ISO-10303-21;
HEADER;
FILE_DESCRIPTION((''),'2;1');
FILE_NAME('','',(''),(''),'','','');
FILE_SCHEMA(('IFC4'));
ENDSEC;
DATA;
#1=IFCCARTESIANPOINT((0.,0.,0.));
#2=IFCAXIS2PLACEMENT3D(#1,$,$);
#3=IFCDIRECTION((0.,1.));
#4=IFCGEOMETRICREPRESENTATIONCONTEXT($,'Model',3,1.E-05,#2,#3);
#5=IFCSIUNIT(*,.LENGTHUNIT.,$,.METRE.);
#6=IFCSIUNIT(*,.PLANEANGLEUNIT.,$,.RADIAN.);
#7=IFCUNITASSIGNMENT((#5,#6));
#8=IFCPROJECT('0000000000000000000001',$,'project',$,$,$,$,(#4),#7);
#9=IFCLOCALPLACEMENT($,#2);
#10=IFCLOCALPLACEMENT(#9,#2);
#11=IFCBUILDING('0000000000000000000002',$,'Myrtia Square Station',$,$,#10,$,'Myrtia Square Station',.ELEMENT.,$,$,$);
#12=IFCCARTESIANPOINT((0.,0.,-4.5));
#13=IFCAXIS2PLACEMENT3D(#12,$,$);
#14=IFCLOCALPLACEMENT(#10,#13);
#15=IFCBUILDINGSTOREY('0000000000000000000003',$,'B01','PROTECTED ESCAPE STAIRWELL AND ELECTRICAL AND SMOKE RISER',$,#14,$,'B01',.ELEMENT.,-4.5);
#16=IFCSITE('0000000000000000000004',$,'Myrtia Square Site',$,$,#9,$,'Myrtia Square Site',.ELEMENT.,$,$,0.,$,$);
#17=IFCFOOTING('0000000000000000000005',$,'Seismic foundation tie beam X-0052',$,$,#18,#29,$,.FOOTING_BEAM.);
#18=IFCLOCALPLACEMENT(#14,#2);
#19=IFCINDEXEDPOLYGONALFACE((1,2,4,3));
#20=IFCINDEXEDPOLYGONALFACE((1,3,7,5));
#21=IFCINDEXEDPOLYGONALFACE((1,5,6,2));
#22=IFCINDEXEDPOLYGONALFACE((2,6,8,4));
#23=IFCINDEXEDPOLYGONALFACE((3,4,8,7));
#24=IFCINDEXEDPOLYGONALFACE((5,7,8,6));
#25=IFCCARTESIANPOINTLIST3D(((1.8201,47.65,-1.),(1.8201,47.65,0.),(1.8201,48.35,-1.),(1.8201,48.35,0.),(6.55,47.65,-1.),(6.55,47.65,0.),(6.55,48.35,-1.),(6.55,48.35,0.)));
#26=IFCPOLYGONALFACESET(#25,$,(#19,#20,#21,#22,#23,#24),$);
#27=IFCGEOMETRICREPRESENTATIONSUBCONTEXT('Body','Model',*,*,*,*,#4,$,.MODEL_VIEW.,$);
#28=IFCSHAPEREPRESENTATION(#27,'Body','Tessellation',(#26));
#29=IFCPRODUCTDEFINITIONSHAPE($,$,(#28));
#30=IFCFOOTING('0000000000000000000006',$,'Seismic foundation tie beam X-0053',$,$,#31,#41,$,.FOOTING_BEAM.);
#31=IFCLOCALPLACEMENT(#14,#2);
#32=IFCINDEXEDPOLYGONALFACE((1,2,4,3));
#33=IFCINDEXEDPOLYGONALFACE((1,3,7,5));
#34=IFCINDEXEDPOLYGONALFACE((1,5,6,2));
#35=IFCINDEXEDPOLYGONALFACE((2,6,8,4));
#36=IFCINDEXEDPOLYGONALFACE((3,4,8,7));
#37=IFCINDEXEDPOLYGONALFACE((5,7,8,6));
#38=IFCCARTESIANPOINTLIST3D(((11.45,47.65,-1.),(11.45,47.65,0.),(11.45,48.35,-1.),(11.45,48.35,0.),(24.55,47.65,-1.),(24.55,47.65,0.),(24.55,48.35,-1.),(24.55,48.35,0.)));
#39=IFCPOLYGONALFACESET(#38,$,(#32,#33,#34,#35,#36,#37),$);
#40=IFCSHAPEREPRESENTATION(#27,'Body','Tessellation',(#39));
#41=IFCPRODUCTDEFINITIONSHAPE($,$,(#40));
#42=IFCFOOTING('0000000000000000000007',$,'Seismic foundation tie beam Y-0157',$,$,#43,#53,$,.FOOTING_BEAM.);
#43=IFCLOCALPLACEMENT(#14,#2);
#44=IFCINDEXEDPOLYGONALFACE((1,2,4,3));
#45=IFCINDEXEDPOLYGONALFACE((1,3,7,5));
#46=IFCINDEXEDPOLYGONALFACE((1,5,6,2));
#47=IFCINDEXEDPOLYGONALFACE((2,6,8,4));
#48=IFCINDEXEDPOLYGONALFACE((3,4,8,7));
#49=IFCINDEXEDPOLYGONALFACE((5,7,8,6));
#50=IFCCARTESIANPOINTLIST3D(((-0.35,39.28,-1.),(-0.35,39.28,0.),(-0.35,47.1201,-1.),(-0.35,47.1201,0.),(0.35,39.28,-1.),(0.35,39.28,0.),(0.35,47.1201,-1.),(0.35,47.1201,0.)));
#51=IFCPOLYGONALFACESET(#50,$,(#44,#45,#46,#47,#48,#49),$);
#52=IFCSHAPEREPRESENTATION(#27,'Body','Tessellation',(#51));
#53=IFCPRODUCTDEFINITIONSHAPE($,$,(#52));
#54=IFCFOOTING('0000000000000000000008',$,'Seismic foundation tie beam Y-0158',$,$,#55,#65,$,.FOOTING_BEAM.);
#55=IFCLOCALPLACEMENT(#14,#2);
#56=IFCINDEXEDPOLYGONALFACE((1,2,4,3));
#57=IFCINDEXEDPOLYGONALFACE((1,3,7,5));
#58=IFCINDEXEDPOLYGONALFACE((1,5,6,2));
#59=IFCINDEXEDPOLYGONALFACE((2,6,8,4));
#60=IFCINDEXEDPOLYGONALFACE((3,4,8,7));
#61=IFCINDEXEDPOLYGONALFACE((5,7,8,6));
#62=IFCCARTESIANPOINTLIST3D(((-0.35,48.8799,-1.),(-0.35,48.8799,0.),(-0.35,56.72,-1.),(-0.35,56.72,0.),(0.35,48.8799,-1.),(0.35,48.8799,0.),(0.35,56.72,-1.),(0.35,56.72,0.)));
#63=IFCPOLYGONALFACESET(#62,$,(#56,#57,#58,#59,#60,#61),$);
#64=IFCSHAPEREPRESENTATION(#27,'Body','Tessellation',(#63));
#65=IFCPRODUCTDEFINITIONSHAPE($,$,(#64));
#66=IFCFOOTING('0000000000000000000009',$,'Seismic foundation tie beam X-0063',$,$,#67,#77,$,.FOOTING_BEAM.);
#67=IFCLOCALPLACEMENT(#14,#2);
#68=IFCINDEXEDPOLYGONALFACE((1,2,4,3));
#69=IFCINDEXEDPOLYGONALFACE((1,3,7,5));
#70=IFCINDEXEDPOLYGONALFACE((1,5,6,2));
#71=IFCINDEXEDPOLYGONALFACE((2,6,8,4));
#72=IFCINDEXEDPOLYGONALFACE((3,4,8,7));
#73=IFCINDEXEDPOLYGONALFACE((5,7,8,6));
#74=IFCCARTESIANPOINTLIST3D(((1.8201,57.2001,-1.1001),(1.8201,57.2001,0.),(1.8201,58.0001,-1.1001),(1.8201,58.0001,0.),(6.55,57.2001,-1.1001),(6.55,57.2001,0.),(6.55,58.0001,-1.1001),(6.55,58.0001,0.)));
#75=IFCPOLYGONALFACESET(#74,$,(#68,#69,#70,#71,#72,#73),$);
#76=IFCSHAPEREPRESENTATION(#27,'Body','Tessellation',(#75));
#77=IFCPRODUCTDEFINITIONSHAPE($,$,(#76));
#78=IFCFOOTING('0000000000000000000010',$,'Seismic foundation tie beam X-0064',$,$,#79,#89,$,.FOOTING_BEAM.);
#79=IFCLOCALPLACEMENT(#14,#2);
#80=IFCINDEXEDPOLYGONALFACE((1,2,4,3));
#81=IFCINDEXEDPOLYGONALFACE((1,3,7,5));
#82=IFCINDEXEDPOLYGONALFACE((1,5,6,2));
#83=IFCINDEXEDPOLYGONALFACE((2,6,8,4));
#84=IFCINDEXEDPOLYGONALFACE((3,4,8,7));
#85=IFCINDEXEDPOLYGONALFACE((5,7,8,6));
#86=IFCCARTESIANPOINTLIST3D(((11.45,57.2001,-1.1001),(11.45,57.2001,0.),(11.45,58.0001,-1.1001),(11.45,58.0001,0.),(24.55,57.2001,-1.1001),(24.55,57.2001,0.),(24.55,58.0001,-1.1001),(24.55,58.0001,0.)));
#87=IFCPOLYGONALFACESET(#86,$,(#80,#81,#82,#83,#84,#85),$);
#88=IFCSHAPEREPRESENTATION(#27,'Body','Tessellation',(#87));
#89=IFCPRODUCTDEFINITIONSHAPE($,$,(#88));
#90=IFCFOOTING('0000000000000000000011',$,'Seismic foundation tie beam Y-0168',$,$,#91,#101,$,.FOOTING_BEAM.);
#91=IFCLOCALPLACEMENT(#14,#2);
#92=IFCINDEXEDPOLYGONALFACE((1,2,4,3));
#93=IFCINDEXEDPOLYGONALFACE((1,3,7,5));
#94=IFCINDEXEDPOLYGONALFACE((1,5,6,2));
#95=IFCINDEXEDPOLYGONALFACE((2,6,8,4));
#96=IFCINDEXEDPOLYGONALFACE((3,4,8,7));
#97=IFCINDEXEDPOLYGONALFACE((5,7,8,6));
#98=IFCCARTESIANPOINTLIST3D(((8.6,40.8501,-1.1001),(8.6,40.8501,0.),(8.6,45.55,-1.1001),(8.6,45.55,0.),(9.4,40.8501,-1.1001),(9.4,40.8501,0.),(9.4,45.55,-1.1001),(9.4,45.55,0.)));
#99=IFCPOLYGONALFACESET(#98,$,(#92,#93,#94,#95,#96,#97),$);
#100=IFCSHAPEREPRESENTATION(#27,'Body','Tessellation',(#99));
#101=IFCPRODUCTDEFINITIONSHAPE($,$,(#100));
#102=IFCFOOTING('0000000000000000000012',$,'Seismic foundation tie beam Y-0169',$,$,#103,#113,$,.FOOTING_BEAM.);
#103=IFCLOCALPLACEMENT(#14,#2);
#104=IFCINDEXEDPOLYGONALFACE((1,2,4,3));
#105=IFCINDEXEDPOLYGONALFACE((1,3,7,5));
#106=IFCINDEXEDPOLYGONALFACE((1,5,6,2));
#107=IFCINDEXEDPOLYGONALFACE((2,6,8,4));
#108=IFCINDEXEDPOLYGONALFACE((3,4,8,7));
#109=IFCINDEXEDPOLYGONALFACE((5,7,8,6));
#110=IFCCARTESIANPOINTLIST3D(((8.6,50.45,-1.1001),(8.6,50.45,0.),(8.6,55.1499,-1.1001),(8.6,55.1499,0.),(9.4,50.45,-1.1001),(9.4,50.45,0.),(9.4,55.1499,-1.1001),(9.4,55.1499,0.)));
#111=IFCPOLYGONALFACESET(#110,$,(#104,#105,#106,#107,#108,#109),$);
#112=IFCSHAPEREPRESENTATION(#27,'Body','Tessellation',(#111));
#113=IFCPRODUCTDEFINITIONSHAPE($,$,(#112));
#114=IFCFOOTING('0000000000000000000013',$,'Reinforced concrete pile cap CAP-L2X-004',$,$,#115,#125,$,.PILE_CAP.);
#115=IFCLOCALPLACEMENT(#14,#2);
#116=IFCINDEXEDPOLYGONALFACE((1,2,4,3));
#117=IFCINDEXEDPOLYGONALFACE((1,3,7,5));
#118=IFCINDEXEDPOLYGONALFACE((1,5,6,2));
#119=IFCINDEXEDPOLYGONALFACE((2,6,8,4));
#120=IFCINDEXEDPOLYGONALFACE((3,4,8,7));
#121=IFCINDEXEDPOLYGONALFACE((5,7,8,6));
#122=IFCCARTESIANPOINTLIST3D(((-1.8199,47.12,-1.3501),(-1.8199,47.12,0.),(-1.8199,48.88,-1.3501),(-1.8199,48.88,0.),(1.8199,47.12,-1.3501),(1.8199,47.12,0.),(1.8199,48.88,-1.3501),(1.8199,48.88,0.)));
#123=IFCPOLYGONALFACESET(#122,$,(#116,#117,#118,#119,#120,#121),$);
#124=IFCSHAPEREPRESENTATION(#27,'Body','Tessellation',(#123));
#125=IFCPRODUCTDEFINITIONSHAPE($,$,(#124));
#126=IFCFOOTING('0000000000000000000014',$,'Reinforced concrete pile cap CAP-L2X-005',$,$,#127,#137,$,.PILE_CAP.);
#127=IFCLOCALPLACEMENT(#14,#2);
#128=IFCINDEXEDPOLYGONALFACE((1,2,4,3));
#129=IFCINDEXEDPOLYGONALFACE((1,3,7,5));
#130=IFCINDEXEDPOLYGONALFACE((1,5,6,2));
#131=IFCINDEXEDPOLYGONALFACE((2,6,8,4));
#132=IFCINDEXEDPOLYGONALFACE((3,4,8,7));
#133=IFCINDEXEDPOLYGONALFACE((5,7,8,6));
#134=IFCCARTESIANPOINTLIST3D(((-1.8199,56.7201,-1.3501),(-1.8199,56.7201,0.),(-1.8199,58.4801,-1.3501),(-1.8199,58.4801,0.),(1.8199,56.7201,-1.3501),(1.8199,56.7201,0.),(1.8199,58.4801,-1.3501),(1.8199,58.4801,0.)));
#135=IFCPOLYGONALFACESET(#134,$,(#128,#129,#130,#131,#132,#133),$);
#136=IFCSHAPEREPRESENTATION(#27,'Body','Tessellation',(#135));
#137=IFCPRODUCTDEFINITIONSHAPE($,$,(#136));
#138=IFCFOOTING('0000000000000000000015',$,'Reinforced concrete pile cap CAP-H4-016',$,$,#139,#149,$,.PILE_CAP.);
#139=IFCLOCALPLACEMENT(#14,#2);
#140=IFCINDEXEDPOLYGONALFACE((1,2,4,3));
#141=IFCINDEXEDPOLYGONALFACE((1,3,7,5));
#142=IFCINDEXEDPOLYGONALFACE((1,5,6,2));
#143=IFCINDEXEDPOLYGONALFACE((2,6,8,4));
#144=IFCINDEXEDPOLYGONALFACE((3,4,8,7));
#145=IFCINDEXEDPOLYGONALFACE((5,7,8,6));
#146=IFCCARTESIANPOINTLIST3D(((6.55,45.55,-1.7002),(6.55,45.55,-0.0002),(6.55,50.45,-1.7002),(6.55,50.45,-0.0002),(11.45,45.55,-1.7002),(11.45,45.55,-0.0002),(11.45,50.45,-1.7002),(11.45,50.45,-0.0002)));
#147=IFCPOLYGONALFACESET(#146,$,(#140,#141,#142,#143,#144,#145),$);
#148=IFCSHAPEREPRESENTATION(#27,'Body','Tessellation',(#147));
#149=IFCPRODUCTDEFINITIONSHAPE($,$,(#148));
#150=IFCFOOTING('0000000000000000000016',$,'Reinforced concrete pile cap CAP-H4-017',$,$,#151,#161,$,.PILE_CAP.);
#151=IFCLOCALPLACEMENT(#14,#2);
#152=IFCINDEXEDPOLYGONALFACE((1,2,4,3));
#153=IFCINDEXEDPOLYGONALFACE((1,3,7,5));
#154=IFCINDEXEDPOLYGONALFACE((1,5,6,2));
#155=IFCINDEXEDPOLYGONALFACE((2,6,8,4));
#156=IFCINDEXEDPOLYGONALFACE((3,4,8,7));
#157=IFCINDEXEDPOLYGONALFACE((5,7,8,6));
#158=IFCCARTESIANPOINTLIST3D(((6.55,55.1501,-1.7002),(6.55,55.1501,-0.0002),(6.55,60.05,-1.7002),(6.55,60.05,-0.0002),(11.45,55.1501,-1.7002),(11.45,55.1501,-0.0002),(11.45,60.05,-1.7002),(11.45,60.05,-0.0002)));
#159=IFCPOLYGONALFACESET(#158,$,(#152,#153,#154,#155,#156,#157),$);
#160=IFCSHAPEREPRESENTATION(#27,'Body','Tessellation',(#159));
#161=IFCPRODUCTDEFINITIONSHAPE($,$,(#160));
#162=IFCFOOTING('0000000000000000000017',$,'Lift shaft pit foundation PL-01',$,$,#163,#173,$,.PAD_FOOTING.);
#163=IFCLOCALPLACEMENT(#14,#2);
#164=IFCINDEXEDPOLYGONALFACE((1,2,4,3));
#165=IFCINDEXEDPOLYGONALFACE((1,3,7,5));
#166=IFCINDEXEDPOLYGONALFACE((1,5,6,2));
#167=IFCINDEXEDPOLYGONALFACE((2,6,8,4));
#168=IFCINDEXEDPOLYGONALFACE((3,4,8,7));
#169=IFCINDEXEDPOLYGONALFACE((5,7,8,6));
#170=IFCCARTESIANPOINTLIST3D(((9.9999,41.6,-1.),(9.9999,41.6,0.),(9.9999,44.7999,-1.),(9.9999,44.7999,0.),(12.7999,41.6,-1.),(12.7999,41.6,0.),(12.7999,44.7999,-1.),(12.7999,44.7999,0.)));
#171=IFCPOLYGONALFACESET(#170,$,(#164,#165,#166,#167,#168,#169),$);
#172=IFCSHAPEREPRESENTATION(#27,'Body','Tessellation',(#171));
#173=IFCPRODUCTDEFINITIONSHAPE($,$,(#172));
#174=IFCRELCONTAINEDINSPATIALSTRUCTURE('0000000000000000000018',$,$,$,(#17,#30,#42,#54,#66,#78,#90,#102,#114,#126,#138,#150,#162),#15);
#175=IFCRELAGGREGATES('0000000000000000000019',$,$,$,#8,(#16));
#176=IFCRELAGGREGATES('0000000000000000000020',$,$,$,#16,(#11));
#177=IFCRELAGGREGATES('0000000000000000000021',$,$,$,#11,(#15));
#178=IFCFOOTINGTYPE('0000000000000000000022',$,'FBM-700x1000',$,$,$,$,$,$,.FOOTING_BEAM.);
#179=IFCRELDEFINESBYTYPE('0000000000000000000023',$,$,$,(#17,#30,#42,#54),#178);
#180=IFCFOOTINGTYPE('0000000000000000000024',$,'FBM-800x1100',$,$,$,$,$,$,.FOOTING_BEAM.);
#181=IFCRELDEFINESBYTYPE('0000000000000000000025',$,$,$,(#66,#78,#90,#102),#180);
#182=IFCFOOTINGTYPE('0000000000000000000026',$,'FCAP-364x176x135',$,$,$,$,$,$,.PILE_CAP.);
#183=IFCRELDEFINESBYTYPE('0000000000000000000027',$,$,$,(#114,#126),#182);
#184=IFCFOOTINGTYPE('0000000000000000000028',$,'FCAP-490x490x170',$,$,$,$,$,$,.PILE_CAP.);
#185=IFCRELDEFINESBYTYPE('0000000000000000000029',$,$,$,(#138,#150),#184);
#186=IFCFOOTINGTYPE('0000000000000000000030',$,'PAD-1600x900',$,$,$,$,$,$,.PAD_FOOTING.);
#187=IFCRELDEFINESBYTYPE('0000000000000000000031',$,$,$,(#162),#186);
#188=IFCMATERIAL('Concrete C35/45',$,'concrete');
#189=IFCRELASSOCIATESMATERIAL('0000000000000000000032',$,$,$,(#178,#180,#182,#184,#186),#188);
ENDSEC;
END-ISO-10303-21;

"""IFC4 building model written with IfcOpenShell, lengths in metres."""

from ifc_helpers import new_model, si_unit, direction, frame, origin, origin_2d, place, context, subcontext, project, spatial, rectangle, extrude, material, material_profile, profile_set, type_object, element, save


model = new_model("IFC4")

# Units and contexts
model_context = context("Model", 3, precision=1e-05, world=origin(), true_north=direction((0.0, 1.0)))
body_context = subcontext(model_context, "Body", "Model", "MODEL_VIEW")
ifc_project = project(units=[si_unit("LENGTHUNIT", "METRE"), si_unit("PLANEANGLEUNIT", "RADIAN")], contexts=[model_context])

# Site, building, storey
site_placement = place(None, origin())
site = spatial("IfcSite", under=ifc_project, at=site_placement, Name="Myrtia Square Site", LongName="Myrtia Square Site", CompositionType="ELEMENT", RefElevation=0.0)
building_placement = place(site_placement, origin())
building = spatial("IfcBuilding", under=site, at=building_placement, Name="Myrtia Square Station", LongName="Myrtia Square Station", CompositionType="ELEMENT")
storey_placement = place(building_placement, frame((0.0, 0.0, -4.5)))
storey = spatial("IfcBuildingStorey", under=building, at=storey_placement, Name="B01", Description="PROTECTED ESCAPE STAIRWELL AND ELECTRICAL AND SMOKE RISER", LongName="B01", CompositionType="ELEMENT", Elevation=-4.5)

# Footings
ifc_material_1 = material(Name="Concrete C35/45", Category="concrete")
ifc_material_profile_1 = material_profile(ifc_material_1, rectangle(XDim=0.7, YDim=1.0, at=origin_2d()), Name="FB 700x1000")
ifc_profile_set_1 = profile_set([ifc_material_profile_1], Name="Concrete C35/45")
footing_type_1 = type_object("IfcFootingType", Name="FBM-700x1000", PredefinedType="FOOTING_BEAM", material=ifc_profile_set_1)
footing_1_placement = place(storey_placement, frame((1.8201, 48.0, -0.5), z_axis=(1.0, 0.0, 0.0), x_axis=(0.0, 1.0, 0.0)))
element("IfcFooting", 1, at=footing_1_placement, inside=storey, type_object=footing_type_1, Name="Seismic foundation tie beam X-0052", PredefinedType="FOOTING_BEAM", context=body_context, shape_type="SweptSolid", body=[
    extrude(rectangle(XDim=0.7, YDim=1.0, at=origin_2d()), origin(), (0.0, 0.0, 1.0), 4.73),
])
footing_2_placement = place(storey_placement, frame((11.45, 48.0, -0.5), z_axis=(1.0, 0.0, 0.0), x_axis=(0.0, 1.0, 0.0)))
element("IfcFooting", 2, at=footing_2_placement, inside=storey, type_object=footing_type_1, Name="Seismic foundation tie beam X-0053", PredefinedType="FOOTING_BEAM", context=body_context, shape_type="SweptSolid", body=[
    extrude(rectangle(XDim=0.7, YDim=1.0, at=origin_2d()), origin(), (0.0, 0.0, 1.0), 13.1001),
])
for number, where, z_axis, x_axis, name in (
    (3, (0.0, 39.28, -0.5), (0.0, 1.0, 0.0), (-1.0, 0.0, 0.0), "Seismic foundation tie beam Y-0157"),
    (4, (0.0, 48.8799, -0.5), (0.0, 1.0, 0.0), (-1.0, 0.0, 0.0), "Seismic foundation tie beam Y-0158"),
):
    element("IfcFooting", number, at=place(storey_placement, frame(where, z_axis=z_axis, x_axis=x_axis)), inside=storey, type_object=footing_type_1, Name=name, PredefinedType="FOOTING_BEAM", context=body_context, shape_type="SweptSolid", body=[
        extrude(rectangle(XDim=0.7, YDim=1.0, at=origin_2d()), origin(), (0.0, 0.0, 1.0), 7.8401),
    ])
ifc_material_profile_2 = material_profile(ifc_material_1, rectangle(XDim=0.8, YDim=1.1001, at=origin_2d()), Name="FB 800x1100")
ifc_profile_set_2 = profile_set([ifc_material_profile_2], Name="Concrete C35/45")
footing_type_2 = type_object("IfcFootingType", Name="FBM-800x1100", PredefinedType="FOOTING_BEAM", material=ifc_profile_set_2)
footing_3_placement = place(storey_placement, frame((1.8201, 57.6001, -0.55), z_axis=(1.0, 0.0, 0.0), x_axis=(0.0, 1.0, 0.0)))
element("IfcFooting", 5, at=footing_3_placement, inside=storey, type_object=footing_type_2, Name="Seismic foundation tie beam X-0063", PredefinedType="FOOTING_BEAM", context=body_context, shape_type="SweptSolid", body=[
    extrude(rectangle(XDim=0.8, YDim=1.1001, at=origin_2d()), origin(), (0.0, 0.0, 1.0), 4.73),
])
footing_4_placement = place(storey_placement, frame((11.45, 57.6001, -0.55), z_axis=(1.0, 0.0, 0.0), x_axis=(0.0, 1.0, 0.0)))
element("IfcFooting", 6, at=footing_4_placement, inside=storey, type_object=footing_type_2, Name="Seismic foundation tie beam X-0064", PredefinedType="FOOTING_BEAM", context=body_context, shape_type="SweptSolid", body=[
    extrude(rectangle(XDim=0.8, YDim=1.1001, at=origin_2d()), origin(), (0.0, 0.0, 1.0), 13.1001),
])
for number, where, z_axis, x_axis, name in (
    (7, (9.0, 40.8501, -0.55), (0.0, 1.0, 0.0), (-1.0, 0.0, 0.0), "Seismic foundation tie beam Y-0168"),
    (8, (9.0, 50.45, -0.55), (0.0, 1.0, 0.0), (-1.0, 0.0, 0.0), "Seismic foundation tie beam Y-0169"),
):
    element("IfcFooting", number, at=place(storey_placement, frame(where, z_axis=z_axis, x_axis=x_axis)), inside=storey, type_object=footing_type_2, Name=name, PredefinedType="FOOTING_BEAM", context=body_context, shape_type="SweptSolid", body=[
        extrude(rectangle(XDim=0.8, YDim=1.1001, at=origin_2d()), origin(), (0.0, 0.0, 1.0), 4.7),
    ])
footing_type_3 = type_object("IfcFootingType", Name="FCAP-364x176x135", PredefinedType="PILE_CAP", material=ifc_material_1)
for number, where, z_axis, x_axis, name in (
    (9, (0.0, 48.0, -1.3501), (0.0, 0.0, 1.0), (1.0, 0.0, 0.0), "Reinforced concrete pile cap CAP-L2X-004"),
    (10, (0.0, 57.6001, -1.3501), (0.0, 0.0, 1.0), (1.0, 0.0, 0.0), "Reinforced concrete pile cap CAP-L2X-005"),
):
    element("IfcFooting", number, at=place(storey_placement, frame(where, z_axis=z_axis, x_axis=x_axis)), inside=storey, type_object=footing_type_3, Name=name, PredefinedType="PILE_CAP", context=body_context, shape_type="SweptSolid", body=[
        extrude(rectangle(XDim=3.6399, YDim=1.76, at=origin_2d()), origin(), (0.0, 0.0, 1.0), 1.3501),
    ])
footing_type_4 = type_object("IfcFootingType", Name="FCAP-490x490x170", PredefinedType="PILE_CAP", material=ifc_material_1)
for number, where, z_axis, x_axis, name in (
    (11, (9.0, 48.0, -1.7002), (0.0, 0.0, 1.0), (1.0, 0.0, 0.0), "Reinforced concrete pile cap CAP-H4-016"),
    (12, (9.0, 57.6001, -1.7002), (0.0, 0.0, 1.0), (1.0, 0.0, 0.0), "Reinforced concrete pile cap CAP-H4-017"),
):
    element("IfcFooting", number, at=place(storey_placement, frame(where, z_axis=z_axis, x_axis=x_axis)), inside=storey, type_object=footing_type_4, Name=name, PredefinedType="PILE_CAP", context=body_context, shape_type="SweptSolid", body=[
        extrude(rectangle(XDim=4.8999, YDim=4.8999, at=origin_2d()), origin(), (0.0, 0.0, 1.0), 1.7),
    ])
footing_type_5 = type_object("IfcFootingType", Name="PAD-1600x900", PredefinedType="PAD_FOOTING", material=ifc_material_1)
footing_5_placement = place(storey_placement, frame((11.3999, 43.2, -1.0), z_axis=(0.0, 0.0, 1.0), x_axis=(1.0, 0.0, 0.0)))
element("IfcFooting", 13, at=footing_5_placement, inside=storey, type_object=footing_type_5, Name="Lift shaft pit foundation PL-01", PredefinedType="PAD_FOOTING", context=body_context, shape_type="SweptSolid", body=[
    extrude(rectangle(XDim=2.8, YDim=3.2, at=origin_2d()), origin(), (0.0, 0.0, 1.0), 1.0),
])

save(model, "model.ifc")
